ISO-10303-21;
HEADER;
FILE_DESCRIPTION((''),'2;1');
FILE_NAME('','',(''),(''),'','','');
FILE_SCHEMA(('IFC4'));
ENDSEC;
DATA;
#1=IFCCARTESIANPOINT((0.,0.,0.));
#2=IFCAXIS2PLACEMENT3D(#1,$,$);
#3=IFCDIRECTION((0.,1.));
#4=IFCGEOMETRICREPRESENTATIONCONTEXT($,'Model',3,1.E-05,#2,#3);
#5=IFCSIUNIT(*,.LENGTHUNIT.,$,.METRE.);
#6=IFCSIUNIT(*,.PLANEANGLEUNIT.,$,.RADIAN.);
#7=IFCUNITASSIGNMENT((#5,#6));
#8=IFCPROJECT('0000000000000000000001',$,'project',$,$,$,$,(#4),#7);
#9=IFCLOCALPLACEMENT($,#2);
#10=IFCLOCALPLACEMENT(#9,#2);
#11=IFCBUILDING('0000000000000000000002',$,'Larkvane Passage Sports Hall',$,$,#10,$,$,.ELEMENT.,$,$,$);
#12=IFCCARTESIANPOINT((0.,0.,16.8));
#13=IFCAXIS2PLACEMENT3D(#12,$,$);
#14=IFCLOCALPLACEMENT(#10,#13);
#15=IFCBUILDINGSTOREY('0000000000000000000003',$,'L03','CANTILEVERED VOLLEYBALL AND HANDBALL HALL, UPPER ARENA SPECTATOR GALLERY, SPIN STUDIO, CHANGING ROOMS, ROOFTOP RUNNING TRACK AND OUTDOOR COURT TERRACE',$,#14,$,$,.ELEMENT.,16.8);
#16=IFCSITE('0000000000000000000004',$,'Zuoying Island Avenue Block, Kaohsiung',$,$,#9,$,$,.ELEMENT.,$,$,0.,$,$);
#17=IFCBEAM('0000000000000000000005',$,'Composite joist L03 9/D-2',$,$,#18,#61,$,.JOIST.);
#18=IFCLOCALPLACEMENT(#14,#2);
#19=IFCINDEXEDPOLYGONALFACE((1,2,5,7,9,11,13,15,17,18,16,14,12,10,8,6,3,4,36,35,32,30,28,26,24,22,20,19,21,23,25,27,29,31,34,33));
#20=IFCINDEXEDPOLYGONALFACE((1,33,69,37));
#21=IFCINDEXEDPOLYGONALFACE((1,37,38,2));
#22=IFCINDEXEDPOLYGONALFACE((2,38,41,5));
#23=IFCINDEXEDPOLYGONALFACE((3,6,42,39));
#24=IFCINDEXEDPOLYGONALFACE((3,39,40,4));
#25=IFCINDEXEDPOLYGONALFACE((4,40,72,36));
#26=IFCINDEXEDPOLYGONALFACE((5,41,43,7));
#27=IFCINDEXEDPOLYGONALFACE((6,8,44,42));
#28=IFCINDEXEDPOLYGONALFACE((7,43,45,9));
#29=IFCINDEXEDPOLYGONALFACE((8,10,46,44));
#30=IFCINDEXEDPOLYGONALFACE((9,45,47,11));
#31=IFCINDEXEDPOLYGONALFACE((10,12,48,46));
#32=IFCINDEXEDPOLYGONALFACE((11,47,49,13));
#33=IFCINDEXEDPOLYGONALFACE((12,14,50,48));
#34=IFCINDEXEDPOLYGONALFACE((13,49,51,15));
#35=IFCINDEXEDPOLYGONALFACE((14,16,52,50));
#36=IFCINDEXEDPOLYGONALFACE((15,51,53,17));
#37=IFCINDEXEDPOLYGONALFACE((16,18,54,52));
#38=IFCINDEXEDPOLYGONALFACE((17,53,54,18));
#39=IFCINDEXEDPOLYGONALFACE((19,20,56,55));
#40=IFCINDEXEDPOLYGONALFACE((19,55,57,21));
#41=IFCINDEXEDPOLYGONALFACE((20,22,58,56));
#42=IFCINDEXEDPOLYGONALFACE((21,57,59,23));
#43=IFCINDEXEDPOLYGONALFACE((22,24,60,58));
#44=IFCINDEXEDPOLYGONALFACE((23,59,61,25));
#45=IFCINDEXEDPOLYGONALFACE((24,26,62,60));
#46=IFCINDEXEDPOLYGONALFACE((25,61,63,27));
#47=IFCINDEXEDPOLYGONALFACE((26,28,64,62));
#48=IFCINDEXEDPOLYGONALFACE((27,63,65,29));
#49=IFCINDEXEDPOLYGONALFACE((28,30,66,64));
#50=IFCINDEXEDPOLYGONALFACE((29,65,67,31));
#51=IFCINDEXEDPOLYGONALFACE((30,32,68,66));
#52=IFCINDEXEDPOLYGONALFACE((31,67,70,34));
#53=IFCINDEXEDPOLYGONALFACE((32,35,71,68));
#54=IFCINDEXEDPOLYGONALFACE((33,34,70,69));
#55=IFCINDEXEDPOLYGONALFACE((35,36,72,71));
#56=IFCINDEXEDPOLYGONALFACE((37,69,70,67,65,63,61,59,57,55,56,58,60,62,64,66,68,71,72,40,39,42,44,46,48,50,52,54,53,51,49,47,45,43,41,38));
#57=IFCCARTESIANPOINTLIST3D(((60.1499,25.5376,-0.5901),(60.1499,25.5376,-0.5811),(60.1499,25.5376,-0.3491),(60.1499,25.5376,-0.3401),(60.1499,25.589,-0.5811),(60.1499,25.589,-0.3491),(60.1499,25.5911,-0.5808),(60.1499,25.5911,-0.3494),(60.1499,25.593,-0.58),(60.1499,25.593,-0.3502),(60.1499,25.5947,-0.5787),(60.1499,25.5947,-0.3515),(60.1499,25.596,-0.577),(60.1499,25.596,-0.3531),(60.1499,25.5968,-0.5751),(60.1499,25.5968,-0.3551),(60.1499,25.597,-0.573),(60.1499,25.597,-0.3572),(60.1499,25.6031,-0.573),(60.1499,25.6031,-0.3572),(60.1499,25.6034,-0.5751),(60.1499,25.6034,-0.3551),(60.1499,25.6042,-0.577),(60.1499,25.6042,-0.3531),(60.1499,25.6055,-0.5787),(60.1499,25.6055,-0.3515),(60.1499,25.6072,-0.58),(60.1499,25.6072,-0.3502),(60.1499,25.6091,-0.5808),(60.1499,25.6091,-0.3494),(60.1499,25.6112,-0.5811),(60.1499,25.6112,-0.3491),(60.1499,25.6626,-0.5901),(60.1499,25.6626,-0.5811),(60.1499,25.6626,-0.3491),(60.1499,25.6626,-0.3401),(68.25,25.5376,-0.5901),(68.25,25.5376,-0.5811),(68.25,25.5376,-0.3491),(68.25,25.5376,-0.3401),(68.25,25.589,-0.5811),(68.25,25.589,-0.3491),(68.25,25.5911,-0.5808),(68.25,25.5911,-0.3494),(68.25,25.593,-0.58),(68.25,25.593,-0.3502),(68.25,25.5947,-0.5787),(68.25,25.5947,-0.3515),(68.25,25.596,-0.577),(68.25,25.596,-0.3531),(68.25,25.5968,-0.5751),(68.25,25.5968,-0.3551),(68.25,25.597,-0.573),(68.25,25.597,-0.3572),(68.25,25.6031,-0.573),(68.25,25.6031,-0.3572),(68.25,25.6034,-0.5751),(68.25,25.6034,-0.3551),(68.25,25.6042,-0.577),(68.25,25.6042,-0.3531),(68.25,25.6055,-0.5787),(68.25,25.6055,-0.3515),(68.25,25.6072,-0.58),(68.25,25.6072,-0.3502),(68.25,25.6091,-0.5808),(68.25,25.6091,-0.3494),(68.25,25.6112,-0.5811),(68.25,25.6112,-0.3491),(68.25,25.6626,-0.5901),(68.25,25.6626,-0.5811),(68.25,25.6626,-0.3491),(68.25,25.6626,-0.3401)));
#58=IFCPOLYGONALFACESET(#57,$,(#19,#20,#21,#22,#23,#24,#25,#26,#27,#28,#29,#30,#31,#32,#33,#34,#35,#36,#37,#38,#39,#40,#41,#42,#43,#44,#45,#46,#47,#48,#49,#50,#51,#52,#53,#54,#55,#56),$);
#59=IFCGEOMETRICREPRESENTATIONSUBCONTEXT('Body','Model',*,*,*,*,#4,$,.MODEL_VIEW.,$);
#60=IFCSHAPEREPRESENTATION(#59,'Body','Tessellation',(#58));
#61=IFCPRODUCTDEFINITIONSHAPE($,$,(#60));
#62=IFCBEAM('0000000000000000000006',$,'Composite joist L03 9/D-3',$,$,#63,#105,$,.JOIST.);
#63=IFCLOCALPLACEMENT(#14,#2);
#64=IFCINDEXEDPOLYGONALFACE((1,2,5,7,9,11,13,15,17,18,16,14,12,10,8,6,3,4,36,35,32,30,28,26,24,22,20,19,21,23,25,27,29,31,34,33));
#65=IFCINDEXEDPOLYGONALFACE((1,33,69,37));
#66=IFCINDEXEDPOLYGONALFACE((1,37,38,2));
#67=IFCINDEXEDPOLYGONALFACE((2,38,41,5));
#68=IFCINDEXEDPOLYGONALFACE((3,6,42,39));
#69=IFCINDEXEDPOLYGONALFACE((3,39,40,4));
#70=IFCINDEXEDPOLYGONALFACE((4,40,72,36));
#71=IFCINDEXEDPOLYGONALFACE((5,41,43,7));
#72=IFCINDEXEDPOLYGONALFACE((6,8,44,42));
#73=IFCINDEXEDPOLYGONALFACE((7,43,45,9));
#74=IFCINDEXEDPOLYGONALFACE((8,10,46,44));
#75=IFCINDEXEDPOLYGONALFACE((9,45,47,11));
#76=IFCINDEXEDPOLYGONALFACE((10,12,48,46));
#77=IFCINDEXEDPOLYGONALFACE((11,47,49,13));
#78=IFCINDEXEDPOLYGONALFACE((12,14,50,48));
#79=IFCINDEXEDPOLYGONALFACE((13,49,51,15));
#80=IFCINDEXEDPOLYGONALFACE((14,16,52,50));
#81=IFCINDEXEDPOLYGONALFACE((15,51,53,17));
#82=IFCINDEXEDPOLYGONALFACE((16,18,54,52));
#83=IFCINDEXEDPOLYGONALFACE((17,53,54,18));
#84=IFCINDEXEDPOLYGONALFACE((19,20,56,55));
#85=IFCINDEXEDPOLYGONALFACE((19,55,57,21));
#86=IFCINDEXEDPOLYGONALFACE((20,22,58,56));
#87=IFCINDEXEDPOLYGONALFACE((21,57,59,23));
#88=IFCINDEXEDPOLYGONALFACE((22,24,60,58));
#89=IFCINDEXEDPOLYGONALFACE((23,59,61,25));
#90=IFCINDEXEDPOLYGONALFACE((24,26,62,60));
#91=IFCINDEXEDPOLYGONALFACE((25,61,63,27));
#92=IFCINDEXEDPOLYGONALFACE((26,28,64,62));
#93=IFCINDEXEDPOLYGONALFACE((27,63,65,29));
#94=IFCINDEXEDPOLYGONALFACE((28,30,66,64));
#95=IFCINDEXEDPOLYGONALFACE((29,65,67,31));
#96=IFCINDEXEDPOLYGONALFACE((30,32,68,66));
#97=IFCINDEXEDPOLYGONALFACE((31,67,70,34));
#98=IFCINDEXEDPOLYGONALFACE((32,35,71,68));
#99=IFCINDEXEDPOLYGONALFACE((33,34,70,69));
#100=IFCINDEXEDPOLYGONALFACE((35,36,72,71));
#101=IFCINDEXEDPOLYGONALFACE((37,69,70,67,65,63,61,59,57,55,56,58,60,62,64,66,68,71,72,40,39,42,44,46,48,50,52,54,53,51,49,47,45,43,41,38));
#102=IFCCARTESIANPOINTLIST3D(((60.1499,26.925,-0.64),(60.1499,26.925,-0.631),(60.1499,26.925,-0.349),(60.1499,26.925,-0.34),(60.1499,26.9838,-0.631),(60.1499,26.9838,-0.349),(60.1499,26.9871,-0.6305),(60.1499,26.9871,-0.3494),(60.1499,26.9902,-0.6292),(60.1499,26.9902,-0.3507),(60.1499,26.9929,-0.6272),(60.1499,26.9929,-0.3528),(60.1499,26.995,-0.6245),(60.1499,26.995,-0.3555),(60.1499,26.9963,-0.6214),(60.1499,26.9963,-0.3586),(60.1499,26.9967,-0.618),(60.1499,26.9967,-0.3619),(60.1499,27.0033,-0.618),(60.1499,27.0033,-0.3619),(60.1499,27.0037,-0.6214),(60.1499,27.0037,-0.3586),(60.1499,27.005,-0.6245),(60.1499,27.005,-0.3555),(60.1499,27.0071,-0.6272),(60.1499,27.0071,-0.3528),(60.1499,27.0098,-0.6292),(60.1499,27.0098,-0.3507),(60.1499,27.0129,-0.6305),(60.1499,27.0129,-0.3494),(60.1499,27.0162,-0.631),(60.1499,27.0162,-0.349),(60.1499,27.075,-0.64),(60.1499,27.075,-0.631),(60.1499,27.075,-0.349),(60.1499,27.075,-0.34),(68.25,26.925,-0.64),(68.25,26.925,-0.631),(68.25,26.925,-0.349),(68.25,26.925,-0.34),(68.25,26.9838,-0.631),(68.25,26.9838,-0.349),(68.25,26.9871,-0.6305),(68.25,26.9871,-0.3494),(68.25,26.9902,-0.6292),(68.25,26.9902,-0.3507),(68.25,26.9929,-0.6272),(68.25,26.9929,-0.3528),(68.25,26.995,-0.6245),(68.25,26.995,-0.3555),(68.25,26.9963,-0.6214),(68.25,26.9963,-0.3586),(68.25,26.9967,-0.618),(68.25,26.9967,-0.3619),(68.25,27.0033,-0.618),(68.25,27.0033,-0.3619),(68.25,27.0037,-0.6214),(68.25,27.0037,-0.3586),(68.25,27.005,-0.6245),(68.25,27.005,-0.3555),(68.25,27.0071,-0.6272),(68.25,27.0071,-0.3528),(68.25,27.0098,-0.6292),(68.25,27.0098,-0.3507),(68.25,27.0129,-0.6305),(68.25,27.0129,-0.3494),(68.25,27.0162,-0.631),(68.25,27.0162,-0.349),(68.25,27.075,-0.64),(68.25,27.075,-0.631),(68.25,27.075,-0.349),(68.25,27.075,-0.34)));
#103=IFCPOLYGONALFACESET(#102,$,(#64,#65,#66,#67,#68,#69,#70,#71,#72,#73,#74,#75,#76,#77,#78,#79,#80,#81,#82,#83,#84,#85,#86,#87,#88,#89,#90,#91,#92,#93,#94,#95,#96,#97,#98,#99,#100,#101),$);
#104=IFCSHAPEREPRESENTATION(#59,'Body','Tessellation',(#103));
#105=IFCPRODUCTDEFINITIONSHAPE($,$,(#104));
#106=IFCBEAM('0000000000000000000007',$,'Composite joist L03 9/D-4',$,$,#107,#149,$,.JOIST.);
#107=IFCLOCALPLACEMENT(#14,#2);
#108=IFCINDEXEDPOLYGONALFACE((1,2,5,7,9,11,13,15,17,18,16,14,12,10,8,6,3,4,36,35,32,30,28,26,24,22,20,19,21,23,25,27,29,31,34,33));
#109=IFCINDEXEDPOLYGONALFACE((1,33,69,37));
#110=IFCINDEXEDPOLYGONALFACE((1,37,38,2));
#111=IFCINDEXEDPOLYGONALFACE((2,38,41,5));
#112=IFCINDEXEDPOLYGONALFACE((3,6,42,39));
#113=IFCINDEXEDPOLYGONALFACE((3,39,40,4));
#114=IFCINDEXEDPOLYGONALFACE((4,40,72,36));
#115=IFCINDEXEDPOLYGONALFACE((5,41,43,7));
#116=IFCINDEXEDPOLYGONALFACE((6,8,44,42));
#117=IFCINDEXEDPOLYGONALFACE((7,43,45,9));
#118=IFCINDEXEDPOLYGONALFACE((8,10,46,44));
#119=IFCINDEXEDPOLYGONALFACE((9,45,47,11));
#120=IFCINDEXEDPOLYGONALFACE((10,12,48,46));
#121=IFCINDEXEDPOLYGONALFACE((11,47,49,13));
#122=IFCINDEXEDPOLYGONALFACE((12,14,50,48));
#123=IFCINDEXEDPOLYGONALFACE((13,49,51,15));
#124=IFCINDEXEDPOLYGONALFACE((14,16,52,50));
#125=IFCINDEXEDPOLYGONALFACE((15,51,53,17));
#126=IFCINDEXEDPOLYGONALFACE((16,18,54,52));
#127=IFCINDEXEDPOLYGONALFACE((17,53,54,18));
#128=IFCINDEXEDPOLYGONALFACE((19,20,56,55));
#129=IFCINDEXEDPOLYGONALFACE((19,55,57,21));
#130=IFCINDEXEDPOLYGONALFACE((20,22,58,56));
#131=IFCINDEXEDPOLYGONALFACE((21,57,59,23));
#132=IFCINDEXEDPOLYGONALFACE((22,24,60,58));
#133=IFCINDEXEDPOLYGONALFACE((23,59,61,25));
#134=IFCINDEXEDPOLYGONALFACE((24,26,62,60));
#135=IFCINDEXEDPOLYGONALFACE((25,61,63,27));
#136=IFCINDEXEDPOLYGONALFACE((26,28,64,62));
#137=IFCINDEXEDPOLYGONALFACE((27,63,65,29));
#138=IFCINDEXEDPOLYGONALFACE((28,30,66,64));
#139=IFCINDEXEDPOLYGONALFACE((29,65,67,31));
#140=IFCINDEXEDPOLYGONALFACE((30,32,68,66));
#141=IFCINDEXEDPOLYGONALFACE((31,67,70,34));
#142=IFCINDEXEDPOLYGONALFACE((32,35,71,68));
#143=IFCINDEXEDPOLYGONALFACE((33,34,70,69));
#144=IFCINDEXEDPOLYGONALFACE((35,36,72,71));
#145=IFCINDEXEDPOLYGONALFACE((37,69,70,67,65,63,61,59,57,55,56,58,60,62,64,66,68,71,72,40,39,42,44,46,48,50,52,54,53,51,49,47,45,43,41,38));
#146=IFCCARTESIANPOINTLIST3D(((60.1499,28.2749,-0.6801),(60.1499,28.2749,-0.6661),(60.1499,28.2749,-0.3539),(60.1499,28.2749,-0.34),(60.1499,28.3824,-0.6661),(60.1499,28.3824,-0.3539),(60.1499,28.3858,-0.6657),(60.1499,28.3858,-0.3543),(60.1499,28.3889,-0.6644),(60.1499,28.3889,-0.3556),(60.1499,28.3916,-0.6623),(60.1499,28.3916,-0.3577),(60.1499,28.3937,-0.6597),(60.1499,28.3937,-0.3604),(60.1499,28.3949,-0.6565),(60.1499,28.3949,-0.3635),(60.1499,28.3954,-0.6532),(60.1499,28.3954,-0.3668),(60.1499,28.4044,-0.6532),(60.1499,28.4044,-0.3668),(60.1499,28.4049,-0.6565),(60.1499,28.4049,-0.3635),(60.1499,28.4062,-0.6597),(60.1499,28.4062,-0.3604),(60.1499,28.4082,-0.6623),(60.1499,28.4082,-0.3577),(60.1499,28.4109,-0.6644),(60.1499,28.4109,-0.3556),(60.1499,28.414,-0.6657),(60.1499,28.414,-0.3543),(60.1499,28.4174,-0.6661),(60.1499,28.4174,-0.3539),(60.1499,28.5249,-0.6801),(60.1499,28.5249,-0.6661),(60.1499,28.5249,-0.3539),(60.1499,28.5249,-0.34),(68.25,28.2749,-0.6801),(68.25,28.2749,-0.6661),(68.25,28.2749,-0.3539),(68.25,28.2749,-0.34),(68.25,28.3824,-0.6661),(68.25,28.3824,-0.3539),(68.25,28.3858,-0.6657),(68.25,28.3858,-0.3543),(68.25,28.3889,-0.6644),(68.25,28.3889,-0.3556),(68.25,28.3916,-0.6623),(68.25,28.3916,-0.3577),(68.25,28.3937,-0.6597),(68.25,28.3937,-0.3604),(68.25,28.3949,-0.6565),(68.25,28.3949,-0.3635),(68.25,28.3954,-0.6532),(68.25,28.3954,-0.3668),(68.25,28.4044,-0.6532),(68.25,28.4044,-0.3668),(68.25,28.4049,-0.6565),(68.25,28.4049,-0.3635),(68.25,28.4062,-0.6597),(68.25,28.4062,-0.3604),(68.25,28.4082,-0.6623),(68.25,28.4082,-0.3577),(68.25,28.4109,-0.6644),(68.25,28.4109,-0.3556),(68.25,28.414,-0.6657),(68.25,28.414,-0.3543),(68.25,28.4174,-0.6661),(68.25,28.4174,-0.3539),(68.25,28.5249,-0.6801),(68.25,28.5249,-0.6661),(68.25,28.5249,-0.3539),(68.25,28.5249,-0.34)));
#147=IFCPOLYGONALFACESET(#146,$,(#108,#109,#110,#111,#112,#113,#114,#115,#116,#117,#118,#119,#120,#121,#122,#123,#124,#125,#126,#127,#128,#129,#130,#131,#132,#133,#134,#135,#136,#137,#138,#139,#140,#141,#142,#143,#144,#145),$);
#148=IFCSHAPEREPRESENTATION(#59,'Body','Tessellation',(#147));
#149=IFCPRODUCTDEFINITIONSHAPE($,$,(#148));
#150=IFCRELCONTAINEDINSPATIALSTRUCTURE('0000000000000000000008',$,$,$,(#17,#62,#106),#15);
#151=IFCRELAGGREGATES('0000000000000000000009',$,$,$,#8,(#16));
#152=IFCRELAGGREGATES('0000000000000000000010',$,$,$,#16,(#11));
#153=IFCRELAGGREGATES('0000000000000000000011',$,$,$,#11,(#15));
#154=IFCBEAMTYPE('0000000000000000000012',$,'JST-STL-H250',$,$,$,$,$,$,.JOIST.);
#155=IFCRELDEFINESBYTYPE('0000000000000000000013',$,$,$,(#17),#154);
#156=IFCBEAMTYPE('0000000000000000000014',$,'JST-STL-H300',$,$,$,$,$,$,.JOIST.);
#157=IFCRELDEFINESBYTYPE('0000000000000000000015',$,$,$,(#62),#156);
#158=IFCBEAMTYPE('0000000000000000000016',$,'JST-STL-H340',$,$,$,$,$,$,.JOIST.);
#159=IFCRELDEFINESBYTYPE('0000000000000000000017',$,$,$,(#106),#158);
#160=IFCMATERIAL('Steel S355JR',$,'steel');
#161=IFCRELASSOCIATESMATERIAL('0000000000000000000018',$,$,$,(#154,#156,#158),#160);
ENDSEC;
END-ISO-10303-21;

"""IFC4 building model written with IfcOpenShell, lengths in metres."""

from ifc_helpers import new_model, si_unit, direction, frame, origin, origin_2d, place, context, subcontext, project, spatial, i_section, extrude, material, material_profile, profile_set, type_object, element, save


model = new_model("IFC4")

# Units and contexts
model_context = context("Model", 3, precision=1e-05, world=origin(), true_north=direction((0.0, 1.0)))
body_context = subcontext(model_context, "Body", "Model", "MODEL_VIEW")
ifc_project = project(units=[si_unit("LENGTHUNIT", "METRE"), si_unit("PLANEANGLEUNIT", "RADIAN")], contexts=[model_context])

# Site, building, storey
site_placement = place(None, origin())
site = spatial("IfcSite", under=ifc_project, at=site_placement, Name="Zuoying Island Avenue Block, Kaohsiung", CompositionType="ELEMENT", RefElevation=0.0)
building_placement = place(site_placement, origin())
building = spatial("IfcBuilding", under=site, at=building_placement, Name="Larkvane Passage Sports Hall", CompositionType="ELEMENT")
storey_placement = place(building_placement, frame((0.0, 0.0, 16.8)))
storey = spatial("IfcBuildingStorey", under=building, at=storey_placement, Name="L03", Description="CANTILEVERED VOLLEYBALL AND HANDBALL HALL, UPPER ARENA SPECTATOR GALLERY, SPIN STUDIO, CHANGING ROOMS, ROOFTOP RUNNING TRACK AND OUTDOOR COURT TERRACE", CompositionType="ELEMENT", Elevation=16.8)

# Beams
ifc_material_1 = material(Name="Steel S355JR", Category="steel")
ifc_material_profile_1 = material_profile(ifc_material_1, i_section(OverallWidth=0.125, OverallDepth=0.25, WebThickness=0.0061, FlangeThickness=0.009, FilletRadius=0.0081, at=origin_2d()), Name="H-250x125x6x9")
ifc_profile_set_1 = profile_set([ifc_material_profile_1], Name="Steel S355JR")
beam_type_1 = type_object("IfcBeamType", Name="JST-STL-H250", PredefinedType="JOIST", material=ifc_profile_set_1)
beam_1_placement = place(storey_placement, frame((60.1499, 25.6001, -0.4651), z_axis=(1.0, 0.0, 0.0), x_axis=(0.0, 1.0, 0.0)))
element("IfcBeam", 1, at=beam_1_placement, inside=storey, type_object=beam_type_1, Name="Composite joist L03 9/D-2", PredefinedType="JOIST", context=body_context, shape_type="SweptSolid", body=[
    extrude(i_section(OverallWidth=0.125, OverallDepth=0.25, WebThickness=0.0061, FlangeThickness=0.009, FilletRadius=0.0081, at=origin_2d()), origin(), (0.0, 0.0, 1.0), 8.1001),
])
ifc_material_profile_2 = material_profile(ifc_material_1, i_section(OverallWidth=0.1499, OverallDepth=0.3, WebThickness=0.0066, FlangeThickness=0.009, FilletRadius=0.0129, at=origin_2d()), Name="H-300x150x6.5x9")
ifc_profile_set_2 = profile_set([ifc_material_profile_2], Name="Steel S355JR")
beam_type_2 = type_object("IfcBeamType", Name="JST-STL-H300", PredefinedType="JOIST", material=ifc_profile_set_2)
beam_2_placement = place(storey_placement, frame((60.1499, 27.0, -0.49), z_axis=(1.0, 0.0, 0.0), x_axis=(0.0, 1.0, 0.0)))
element("IfcBeam", 2, at=beam_2_placement, inside=storey, type_object=beam_type_2, Name="Composite joist L03 9/D-3", PredefinedType="JOIST", context=body_context, shape_type="SweptSolid", body=[
    extrude(i_section(OverallWidth=0.1499, OverallDepth=0.3, WebThickness=0.0066, FlangeThickness=0.009, FilletRadius=0.0129, at=origin_2d()), origin(), (0.0, 0.0, 1.0), 8.1001),
])
ifc_material_profile_3 = material_profile(ifc_material_1, i_section(OverallWidth=0.25, OverallDepth=0.3401, WebThickness=0.009, FlangeThickness=0.0139, FilletRadius=0.0129, at=origin_2d()), Name="H-340x250x9x14")
ifc_profile_set_3 = profile_set([ifc_material_profile_3], Name="Steel S355JR")
beam_type_3 = type_object("IfcBeamType", Name="JST-STL-H340", PredefinedType="JOIST", material=ifc_profile_set_3)
beam_3_placement = place(storey_placement, frame((60.1499, 28.3999, -0.51), z_axis=(1.0, 0.0, 0.0), x_axis=(0.0, 1.0, 0.0)))
element("IfcBeam", 3, at=beam_3_placement, inside=storey, type_object=beam_type_3, Name="Composite joist L03 9/D-4", PredefinedType="JOIST", context=body_context, shape_type="SweptSolid", body=[
    extrude(i_section(OverallWidth=0.25, OverallDepth=0.3401, WebThickness=0.009, FlangeThickness=0.0139, FilletRadius=0.0129, at=origin_2d()), origin(), (0.0, 0.0, 1.0), 8.1001),
])

save(model, "model.ifc")
